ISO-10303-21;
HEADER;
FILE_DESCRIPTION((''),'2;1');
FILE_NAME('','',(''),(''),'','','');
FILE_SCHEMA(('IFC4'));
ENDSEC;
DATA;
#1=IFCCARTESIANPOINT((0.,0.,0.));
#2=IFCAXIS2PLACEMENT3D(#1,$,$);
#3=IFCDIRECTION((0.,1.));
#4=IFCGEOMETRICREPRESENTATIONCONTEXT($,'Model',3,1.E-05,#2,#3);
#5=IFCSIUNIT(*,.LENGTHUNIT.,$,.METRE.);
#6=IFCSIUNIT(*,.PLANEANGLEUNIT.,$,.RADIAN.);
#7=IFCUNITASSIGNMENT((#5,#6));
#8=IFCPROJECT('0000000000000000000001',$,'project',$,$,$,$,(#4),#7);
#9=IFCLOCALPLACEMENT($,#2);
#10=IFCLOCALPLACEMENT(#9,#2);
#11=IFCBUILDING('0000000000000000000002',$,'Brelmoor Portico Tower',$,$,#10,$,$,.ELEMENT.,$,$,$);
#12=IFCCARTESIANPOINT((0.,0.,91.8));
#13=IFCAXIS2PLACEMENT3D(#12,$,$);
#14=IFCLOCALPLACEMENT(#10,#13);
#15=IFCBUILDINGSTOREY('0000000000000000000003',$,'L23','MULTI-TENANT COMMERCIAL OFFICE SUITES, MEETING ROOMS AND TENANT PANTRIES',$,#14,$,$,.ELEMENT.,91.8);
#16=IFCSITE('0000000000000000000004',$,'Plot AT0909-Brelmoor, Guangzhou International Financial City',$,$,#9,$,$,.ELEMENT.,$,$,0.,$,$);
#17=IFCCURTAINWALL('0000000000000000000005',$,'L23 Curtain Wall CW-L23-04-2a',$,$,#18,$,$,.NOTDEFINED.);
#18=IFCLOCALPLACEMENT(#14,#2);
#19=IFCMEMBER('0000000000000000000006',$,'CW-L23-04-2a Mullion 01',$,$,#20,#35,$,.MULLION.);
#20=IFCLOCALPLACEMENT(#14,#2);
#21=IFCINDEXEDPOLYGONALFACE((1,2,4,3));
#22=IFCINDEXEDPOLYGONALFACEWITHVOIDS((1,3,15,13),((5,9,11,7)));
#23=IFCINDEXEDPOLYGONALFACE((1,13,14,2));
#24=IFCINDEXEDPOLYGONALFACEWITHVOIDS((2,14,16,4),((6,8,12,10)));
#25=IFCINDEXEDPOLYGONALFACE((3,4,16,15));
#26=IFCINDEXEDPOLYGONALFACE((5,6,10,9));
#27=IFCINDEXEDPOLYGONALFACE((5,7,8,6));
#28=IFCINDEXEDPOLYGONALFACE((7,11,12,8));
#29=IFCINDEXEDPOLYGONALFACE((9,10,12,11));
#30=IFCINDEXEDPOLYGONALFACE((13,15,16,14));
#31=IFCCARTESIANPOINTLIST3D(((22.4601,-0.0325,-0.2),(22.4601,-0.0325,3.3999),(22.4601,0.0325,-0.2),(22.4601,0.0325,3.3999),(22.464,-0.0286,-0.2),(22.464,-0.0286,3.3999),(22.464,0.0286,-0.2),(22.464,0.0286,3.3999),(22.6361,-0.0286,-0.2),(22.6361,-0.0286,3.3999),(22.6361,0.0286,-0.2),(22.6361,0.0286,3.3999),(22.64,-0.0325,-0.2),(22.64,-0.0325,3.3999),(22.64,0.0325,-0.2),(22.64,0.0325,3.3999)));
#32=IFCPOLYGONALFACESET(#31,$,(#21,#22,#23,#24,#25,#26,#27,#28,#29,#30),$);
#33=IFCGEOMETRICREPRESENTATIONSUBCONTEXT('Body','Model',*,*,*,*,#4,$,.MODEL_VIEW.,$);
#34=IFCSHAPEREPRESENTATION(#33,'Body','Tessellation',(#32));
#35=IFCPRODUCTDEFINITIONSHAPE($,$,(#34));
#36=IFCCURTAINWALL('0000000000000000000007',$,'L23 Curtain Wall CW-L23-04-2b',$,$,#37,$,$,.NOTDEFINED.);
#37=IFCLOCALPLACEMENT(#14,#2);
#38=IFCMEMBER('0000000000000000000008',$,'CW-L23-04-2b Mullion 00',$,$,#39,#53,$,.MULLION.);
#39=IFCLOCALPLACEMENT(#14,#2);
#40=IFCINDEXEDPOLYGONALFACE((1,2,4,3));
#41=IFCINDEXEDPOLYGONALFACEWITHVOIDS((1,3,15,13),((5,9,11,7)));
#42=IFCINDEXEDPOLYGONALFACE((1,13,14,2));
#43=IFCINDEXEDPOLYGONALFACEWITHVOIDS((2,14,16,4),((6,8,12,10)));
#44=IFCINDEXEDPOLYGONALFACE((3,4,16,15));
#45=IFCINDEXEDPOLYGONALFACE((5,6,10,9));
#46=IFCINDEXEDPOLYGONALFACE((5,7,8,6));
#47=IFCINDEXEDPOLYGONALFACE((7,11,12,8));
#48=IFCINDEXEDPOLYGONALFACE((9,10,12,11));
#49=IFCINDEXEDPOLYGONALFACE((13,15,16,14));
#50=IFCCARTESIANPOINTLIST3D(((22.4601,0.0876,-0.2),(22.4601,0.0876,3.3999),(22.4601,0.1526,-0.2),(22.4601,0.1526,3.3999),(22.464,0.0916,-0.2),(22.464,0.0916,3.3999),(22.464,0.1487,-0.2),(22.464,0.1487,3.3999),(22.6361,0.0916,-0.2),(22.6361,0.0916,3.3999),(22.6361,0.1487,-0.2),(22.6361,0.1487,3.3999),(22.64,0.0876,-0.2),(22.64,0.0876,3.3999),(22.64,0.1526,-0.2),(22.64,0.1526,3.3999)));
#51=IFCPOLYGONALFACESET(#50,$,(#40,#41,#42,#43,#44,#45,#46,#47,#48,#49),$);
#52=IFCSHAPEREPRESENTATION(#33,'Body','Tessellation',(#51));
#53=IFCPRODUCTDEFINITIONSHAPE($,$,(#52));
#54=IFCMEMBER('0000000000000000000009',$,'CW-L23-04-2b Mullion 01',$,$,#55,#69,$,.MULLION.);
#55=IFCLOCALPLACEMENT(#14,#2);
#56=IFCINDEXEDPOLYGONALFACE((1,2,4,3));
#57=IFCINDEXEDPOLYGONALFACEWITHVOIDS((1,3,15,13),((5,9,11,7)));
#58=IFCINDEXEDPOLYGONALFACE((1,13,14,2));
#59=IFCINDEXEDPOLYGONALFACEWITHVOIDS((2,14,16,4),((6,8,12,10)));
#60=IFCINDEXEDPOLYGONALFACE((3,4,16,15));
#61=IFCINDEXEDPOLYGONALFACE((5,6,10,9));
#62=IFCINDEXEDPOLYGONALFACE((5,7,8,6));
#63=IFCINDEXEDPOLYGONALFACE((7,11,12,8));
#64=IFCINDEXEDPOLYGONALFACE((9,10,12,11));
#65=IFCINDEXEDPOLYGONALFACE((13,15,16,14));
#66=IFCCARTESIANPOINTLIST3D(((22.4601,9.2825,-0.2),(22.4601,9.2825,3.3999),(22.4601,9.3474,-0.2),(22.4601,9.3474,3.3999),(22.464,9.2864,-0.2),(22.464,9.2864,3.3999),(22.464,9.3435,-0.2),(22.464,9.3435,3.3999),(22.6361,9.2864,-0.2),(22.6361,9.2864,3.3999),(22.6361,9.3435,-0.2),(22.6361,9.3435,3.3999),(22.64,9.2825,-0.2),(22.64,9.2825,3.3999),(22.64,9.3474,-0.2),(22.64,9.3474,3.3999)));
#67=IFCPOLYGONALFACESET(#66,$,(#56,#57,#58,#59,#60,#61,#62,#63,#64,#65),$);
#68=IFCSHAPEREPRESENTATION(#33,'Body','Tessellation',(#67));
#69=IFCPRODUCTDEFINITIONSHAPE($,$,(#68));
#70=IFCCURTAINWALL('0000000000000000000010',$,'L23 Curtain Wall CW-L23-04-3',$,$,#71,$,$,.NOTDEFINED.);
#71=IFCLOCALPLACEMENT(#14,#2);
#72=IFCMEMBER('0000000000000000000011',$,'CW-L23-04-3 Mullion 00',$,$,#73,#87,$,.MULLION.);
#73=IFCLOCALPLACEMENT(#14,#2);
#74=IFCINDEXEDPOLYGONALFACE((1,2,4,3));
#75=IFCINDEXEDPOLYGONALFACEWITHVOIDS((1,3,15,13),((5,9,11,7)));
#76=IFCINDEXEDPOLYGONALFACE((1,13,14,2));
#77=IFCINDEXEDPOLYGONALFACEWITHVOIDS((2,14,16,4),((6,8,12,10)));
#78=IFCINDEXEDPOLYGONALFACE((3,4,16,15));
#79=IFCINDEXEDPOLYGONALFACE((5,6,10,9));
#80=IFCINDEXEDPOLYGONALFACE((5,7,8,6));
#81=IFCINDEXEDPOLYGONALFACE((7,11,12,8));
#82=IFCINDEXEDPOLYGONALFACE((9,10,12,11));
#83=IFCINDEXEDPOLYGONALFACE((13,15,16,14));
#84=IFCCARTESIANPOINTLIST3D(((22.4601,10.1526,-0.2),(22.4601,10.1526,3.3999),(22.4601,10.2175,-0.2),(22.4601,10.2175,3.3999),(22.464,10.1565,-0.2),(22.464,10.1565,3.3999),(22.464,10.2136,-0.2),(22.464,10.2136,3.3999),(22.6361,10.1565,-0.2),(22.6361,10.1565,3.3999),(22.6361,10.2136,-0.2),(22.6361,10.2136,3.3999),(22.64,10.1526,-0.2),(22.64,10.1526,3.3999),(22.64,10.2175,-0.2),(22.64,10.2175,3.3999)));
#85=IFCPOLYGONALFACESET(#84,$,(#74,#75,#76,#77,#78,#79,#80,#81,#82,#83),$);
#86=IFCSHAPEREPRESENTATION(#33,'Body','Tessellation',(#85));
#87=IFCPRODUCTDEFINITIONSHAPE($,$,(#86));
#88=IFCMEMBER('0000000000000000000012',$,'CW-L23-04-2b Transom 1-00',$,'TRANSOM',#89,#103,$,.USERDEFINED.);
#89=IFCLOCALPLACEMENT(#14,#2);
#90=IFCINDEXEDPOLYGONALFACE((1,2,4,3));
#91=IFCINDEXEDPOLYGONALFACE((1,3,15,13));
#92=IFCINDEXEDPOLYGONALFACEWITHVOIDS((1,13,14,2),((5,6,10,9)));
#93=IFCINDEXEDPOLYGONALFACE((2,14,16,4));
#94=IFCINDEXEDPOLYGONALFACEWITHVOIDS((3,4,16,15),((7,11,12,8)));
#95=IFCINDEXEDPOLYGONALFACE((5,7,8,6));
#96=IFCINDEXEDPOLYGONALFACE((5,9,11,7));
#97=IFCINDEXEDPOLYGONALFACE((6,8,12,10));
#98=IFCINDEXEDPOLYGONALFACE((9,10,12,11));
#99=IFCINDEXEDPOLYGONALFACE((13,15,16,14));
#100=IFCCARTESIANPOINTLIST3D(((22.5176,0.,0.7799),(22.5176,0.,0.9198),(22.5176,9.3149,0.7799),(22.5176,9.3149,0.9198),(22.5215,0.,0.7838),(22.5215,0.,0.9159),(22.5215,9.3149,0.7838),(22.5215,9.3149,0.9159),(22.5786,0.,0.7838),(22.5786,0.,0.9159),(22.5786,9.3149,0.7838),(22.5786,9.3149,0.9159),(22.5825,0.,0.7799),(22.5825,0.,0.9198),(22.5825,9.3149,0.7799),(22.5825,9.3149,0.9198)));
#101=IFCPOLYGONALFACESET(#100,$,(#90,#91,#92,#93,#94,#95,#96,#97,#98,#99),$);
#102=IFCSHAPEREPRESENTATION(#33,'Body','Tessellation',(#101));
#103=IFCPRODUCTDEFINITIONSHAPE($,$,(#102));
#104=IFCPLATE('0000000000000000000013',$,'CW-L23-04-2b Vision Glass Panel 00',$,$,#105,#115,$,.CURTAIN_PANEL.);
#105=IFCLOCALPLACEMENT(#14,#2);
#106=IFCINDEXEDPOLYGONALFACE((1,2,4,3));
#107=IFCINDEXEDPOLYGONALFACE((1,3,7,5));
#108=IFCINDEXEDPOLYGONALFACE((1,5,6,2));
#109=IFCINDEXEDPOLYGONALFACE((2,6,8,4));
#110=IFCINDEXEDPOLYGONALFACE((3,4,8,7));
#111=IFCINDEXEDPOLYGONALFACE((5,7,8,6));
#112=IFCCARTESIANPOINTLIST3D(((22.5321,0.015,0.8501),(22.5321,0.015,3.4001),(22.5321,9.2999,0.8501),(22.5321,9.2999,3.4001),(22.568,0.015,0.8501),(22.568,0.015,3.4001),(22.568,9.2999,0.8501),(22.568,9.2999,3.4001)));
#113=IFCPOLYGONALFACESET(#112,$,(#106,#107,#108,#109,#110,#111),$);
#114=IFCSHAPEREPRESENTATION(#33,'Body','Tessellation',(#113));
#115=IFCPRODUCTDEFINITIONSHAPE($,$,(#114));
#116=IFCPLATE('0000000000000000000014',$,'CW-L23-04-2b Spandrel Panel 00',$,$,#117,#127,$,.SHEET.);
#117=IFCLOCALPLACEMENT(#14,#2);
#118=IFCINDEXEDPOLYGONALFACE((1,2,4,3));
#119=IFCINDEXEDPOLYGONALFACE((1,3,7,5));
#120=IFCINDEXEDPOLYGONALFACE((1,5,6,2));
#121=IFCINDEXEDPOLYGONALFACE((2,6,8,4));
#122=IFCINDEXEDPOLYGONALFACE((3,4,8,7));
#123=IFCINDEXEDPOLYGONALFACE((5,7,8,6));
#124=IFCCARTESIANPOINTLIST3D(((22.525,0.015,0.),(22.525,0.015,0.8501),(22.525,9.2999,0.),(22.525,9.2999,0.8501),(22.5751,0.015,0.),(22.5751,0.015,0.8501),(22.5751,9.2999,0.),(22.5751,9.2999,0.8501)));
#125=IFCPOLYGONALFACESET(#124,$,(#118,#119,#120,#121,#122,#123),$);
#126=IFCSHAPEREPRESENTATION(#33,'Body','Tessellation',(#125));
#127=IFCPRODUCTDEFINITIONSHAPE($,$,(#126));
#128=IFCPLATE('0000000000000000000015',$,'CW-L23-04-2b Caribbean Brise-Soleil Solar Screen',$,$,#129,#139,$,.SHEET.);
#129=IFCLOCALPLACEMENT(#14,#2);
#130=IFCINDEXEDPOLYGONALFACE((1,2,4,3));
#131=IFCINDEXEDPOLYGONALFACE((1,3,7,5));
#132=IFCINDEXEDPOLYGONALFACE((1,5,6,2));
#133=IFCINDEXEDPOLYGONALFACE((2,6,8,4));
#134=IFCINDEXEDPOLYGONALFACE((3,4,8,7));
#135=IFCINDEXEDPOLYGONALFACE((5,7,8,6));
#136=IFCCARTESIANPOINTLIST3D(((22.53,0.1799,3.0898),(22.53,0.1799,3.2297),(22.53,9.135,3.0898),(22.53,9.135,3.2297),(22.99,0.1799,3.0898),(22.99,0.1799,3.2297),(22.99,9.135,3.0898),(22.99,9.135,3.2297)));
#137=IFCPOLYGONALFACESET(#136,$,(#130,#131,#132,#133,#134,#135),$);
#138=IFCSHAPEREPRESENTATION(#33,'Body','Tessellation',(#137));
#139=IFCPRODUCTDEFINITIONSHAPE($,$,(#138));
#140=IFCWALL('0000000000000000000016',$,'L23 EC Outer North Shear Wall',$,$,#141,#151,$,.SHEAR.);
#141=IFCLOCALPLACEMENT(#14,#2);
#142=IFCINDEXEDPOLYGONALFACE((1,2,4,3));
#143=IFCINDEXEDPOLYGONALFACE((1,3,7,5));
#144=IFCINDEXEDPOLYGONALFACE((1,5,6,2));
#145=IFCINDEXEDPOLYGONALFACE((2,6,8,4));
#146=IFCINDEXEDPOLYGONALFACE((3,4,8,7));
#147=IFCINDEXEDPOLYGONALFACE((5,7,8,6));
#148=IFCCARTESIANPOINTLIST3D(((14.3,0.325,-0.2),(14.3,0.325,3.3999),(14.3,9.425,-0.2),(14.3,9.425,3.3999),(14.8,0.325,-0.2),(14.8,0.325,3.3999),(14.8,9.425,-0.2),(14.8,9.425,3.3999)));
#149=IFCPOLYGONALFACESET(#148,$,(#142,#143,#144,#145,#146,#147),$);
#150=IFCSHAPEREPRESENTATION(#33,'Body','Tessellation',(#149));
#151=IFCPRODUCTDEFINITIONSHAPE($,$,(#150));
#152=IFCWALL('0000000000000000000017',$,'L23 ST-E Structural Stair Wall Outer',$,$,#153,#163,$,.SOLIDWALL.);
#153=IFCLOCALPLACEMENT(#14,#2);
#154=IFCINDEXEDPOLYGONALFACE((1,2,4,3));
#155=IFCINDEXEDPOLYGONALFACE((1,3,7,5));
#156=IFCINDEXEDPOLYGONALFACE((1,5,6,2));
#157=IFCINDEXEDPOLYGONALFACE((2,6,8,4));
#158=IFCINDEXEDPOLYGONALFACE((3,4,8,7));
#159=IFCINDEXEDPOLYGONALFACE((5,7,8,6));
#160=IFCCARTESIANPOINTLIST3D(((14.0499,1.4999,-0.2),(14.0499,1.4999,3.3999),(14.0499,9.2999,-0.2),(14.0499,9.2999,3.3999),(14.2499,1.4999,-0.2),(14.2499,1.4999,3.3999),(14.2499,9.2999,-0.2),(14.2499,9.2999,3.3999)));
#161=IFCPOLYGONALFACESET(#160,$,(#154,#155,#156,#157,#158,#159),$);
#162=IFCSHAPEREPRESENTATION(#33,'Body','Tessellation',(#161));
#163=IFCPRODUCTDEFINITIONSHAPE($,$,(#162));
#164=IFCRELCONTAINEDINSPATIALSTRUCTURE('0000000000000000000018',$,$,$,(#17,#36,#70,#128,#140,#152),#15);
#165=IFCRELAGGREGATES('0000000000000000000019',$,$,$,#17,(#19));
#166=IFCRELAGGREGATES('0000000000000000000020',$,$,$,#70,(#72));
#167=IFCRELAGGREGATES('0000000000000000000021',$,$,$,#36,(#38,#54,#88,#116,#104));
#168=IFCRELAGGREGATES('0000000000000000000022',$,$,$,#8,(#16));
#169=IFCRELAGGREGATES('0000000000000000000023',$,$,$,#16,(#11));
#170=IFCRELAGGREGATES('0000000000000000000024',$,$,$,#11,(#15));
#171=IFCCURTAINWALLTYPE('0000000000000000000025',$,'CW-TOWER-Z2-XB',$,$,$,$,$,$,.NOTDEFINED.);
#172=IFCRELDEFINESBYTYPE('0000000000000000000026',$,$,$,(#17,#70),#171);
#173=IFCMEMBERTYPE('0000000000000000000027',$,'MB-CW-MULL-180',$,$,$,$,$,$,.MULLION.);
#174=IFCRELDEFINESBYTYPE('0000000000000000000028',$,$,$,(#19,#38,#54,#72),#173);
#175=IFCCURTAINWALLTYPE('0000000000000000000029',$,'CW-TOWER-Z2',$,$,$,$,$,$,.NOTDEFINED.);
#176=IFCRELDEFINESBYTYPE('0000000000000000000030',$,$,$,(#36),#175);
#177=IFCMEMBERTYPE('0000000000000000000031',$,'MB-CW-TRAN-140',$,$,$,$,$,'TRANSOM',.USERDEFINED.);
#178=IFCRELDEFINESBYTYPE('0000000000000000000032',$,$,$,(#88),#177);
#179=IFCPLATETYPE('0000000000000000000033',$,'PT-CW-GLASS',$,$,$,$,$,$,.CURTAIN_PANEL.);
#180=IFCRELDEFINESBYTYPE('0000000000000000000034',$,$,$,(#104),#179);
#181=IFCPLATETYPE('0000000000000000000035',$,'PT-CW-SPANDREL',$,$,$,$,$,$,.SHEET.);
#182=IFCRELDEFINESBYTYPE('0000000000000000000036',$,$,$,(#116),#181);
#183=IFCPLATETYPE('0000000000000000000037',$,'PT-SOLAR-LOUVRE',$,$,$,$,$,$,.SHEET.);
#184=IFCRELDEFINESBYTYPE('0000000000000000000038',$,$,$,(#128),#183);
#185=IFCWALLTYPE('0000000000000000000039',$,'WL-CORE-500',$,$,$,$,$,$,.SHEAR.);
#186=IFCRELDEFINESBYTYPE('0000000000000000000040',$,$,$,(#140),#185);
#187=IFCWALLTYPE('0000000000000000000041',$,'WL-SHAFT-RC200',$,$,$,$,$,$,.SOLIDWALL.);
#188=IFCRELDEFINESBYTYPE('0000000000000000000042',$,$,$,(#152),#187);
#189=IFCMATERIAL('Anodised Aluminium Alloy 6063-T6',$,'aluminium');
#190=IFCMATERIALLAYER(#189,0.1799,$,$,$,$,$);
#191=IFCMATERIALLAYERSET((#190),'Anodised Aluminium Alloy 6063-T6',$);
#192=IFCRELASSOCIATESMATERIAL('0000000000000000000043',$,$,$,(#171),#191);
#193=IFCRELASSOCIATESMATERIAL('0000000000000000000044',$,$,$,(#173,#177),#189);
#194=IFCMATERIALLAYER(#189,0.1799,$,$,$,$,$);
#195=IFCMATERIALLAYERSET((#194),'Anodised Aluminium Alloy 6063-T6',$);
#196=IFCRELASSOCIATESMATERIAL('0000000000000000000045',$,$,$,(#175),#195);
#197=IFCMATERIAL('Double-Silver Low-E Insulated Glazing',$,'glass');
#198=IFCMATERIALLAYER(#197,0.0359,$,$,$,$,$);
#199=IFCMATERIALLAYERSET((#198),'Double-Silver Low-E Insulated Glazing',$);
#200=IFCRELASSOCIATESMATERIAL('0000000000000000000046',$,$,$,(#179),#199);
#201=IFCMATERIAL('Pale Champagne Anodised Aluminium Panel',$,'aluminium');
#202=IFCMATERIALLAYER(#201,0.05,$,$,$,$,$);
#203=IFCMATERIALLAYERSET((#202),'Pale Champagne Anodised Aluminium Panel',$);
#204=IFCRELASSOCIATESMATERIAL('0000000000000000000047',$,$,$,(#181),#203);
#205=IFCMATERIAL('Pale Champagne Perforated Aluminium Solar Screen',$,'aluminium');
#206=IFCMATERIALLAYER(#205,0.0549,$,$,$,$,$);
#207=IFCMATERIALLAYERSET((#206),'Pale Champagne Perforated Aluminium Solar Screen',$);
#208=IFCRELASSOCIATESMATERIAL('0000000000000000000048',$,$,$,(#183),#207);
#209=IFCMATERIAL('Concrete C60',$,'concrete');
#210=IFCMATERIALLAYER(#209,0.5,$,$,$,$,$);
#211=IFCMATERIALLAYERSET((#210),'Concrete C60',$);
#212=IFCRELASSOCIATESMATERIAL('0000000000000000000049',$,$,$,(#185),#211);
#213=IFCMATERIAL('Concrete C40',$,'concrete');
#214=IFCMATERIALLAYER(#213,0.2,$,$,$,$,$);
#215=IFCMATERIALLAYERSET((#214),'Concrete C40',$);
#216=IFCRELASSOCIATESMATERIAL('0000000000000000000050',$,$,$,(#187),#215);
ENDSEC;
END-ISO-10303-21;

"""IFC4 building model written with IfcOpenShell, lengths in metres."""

from ifc_helpers import new_model, si_unit, direction, frame, frame_2d, origin, origin_2d, place, context, subcontext, project, spatial, rectangle, hollow_rectangle, extrude, material, layer, layer_set, material_profile, profile_set, type_object, element, aggregate, save


model = new_model("IFC4")

# Units and contexts
model_context = context("Model", 3, precision=1e-05, world=origin(), true_north=direction((0.0, 1.0)))
body_context = subcontext(model_context, "Body", "Model", "MODEL_VIEW")
ifc_project = project(units=[si_unit("LENGTHUNIT", "METRE"), si_unit("PLANEANGLEUNIT", "RADIAN")], contexts=[model_context])

# Site, building, storey
site_placement = place(None, origin())
site = spatial("IfcSite", under=ifc_project, at=site_placement, Name="Plot AT0909-Brelmoor, Guangzhou International Financial City", CompositionType="ELEMENT", RefElevation=0.0)
building_placement = place(site_placement, origin())
building = spatial("IfcBuilding", under=site, at=building_placement, Name="Brelmoor Portico Tower", CompositionType="ELEMENT")
storey_placement = place(building_placement, frame((0.0, 0.0, 91.8)))
storey = spatial("IfcBuildingStorey", under=building, at=storey_placement, Name="L23", Description="MULTI-TENANT COMMERCIAL OFFICE SUITES, MEETING ROOMS AND TENANT PANTRIES", CompositionType="ELEMENT", Elevation=91.8)

# Curtain wall, member
ifc_material_1 = material(Name="Anodised Aluminium Alloy 6063-T6", Category="aluminium")
ifc_layer_1 = layer(ifc_material_1, 0.1799)
ifc_layer_set_1 = layer_set([ifc_layer_1], Name="Anodised Aluminium Alloy 6063-T6")
curtain_wall_type_1 = type_object("IfcCurtainWallType", Name="CW-TOWER-Z2-XB", PredefinedType="NOTDEFINED", material=ifc_layer_set_1)
curtain_wall_1_placement = place(storey_placement, origin())
curtain_wall_1 = element("IfcCurtainWall", 1, at=curtain_wall_1_placement, inside=storey, type_object=curtain_wall_type_1, Name="L23 Curtain Wall CW-L23-04-2a", PredefinedType="NOTDEFINED")
ifc_material_profile_1 = material_profile(ifc_material_1, hollow_rectangle(XDim=0.0649, YDim=0.1799, WallThickness=0.0039, at=origin_2d()), Name="ALU MULLION 65x180")
ifc_profile_set_1 = profile_set([ifc_material_profile_1], Name="Anodised Aluminium Alloy 6063-T6")
member_type_1 = type_object("IfcMemberType", Name="MB-CW-MULL-180", PredefinedType="MULLION", material=ifc_profile_set_1)
member_1_placement = place(storey_placement, frame((22.55, 0.0, -0.2), z_axis=(0.0, 0.0, 1.0), x_axis=(0.0, 1.0, 0.0)))
member_1 = element("IfcMember", 2, at=member_1_placement, type_object=member_type_1, Name="CW-L23-04-2a Mullion 01", PredefinedType="MULLION", context=body_context, shape_type="SweptSolid", body=[
    extrude(hollow_rectangle(XDim=0.0649, YDim=0.1799, WallThickness=0.0039, at=origin_2d()), origin(), (0.0, 0.0, 1.0), 3.5999),
])
aggregate(curtain_wall_1, [member_1])

# Curtain wall, members
ifc_layer_2 = layer(ifc_material_1, 0.1799)
ifc_layer_set_2 = layer_set([ifc_layer_2], Name="Anodised Aluminium Alloy 6063-T6")
curtain_wall_type_2 = type_object("IfcCurtainWallType", Name="CW-TOWER-Z2", PredefinedType="NOTDEFINED", material=ifc_layer_set_2)
curtain_wall_2_placement = place(storey_placement, origin())
curtain_wall_2 = element("IfcCurtainWall", 3, at=curtain_wall_2_placement, inside=storey, type_object=curtain_wall_type_2, Name="L23 Curtain Wall CW-L23-04-2b", PredefinedType="NOTDEFINED")
member_2_placement = place(storey_placement, frame((22.55, 0.1201, -0.2), z_axis=(0.0, 0.0, 1.0), x_axis=(0.0, 1.0, 0.0)))
member_2 = element("IfcMember", 4, at=member_2_placement, type_object=member_type_1, Name="CW-L23-04-2b Mullion 00", PredefinedType="MULLION", context=body_context, shape_type="SweptSolid", body=[
    extrude(hollow_rectangle(XDim=0.0649, YDim=0.1799, WallThickness=0.0039, at=origin_2d()), origin(), (0.0, 0.0, 1.0), 3.5999),
])
member_3_placement = place(storey_placement, frame((22.55, 9.3149, -0.2), z_axis=(0.0, 0.0, 1.0), x_axis=(0.0, 1.0, 0.0)))
member_3 = element("IfcMember", 5, at=member_3_placement, type_object=member_type_1, Name="CW-L23-04-2b Mullion 01", PredefinedType="MULLION", context=body_context, shape_type="SweptSolid", body=[
    extrude(hollow_rectangle(XDim=0.0649, YDim=0.1799, WallThickness=0.0039, at=origin_2d()), origin(), (0.0, 0.0, 1.0), 3.5999),
])

# Curtain wall, member
curtain_wall_3_placement = place(storey_placement, origin())
curtain_wall_3 = element("IfcCurtainWall", 6, at=curtain_wall_3_placement, inside=storey, type_object=curtain_wall_type_1, Name="L23 Curtain Wall CW-L23-04-3", PredefinedType="NOTDEFINED")
member_4_placement = place(storey_placement, frame((22.55, 10.1851, -0.2), z_axis=(0.0, 0.0, 1.0), x_axis=(0.0, 1.0, 0.0)))
member_4 = element("IfcMember", 7, at=member_4_placement, type_object=member_type_1, Name="CW-L23-04-3 Mullion 00", PredefinedType="MULLION", context=body_context, shape_type="SweptSolid", body=[
    extrude(hollow_rectangle(XDim=0.0649, YDim=0.1799, WallThickness=0.0039, at=origin_2d()), origin(), (0.0, 0.0, 1.0), 3.5999),
])
aggregate(curtain_wall_3, [member_4])

# Member
ifc_material_profile_2 = material_profile(ifc_material_1, hollow_rectangle(XDim=0.0649, YDim=0.1399, WallThickness=0.0039, at=origin_2d()), Name="ALU TRANSOM 65x140")
ifc_profile_set_2 = profile_set([ifc_material_profile_2], Name="Anodised Aluminium Alloy 6063-T6")
member_type_2 = type_object("IfcMemberType", Name="MB-CW-TRAN-140", ElementType="TRANSOM", PredefinedType="USERDEFINED", material=ifc_profile_set_2)
member_5_placement = place(storey_placement, frame((22.55, 0.0, 0.8499), z_axis=(0.0, 1.0, 0.0), x_axis=(-1.0, 0.0, 0.0)))
member_5 = element("IfcMember", 8, at=member_5_placement, type_object=member_type_2, Name="CW-L23-04-2b Transom 1-00", ObjectType="TRANSOM", PredefinedType="USERDEFINED", context=body_context, shape_type="SweptSolid", body=[
    extrude(hollow_rectangle(XDim=0.0649, YDim=0.1399, WallThickness=0.0039, at=origin_2d()), origin(), (0.0, 0.0, 1.0), 9.3149),
])

# Plates
ifc_material_2 = material(Name="Double-Silver Low-E Insulated Glazing", Category="glass")
ifc_layer_3 = layer(ifc_material_2, 0.0359)
ifc_layer_set_3 = layer_set([ifc_layer_3], Name="Double-Silver Low-E Insulated Glazing")
plate_type_1 = type_object("IfcPlateType", Name="PT-CW-GLASS", PredefinedType="CURTAIN_PANEL", material=ifc_layer_set_3)
plate_1_placement = place(storey_placement, frame((22.55, 4.6575, 0.8501), z_axis=(0.0, 0.0, 1.0), x_axis=(0.0, 1.0, 0.0)))
plate_1 = element("IfcPlate", 9, at=plate_1_placement, type_object=plate_type_1, Name="CW-L23-04-2b Vision Glass Panel 00", PredefinedType="CURTAIN_PANEL", context=body_context, shape_type="SweptSolid", body=[
    extrude(rectangle(XDim=9.2849, YDim=0.0359, at=origin_2d()), origin(), (0.0, 0.0, 1.0), 2.55),
])
ifc_material_3 = material(Name="Pale Champagne Anodised Aluminium Panel", Category="aluminium")
ifc_layer_4 = layer(ifc_material_3, 0.05)
ifc_layer_set_4 = layer_set([ifc_layer_4], Name="Pale Champagne Anodised Aluminium Panel")
plate_type_2 = type_object("IfcPlateType", Name="PT-CW-SPANDREL", PredefinedType="SHEET", material=ifc_layer_set_4)
plate_2_placement = place(storey_placement, frame((22.55, 4.6575, 0.0), z_axis=(0.0, 0.0, 1.0), x_axis=(0.0, 1.0, 0.0)))
plate_2 = element("IfcPlate", 10, at=plate_2_placement, type_object=plate_type_2, Name="CW-L23-04-2b Spandrel Panel 00", PredefinedType="SHEET", context=body_context, shape_type="SweptSolid", body=[
    extrude(rectangle(XDim=9.2849, YDim=0.05, at=origin_2d()), origin(), (0.0, 0.0, 1.0), 0.8501),
])
aggregate(curtain_wall_2, [member_2, member_3, member_5, plate_2, plate_1])
ifc_material_4 = material(Name="Pale Champagne Perforated Aluminium Solar Screen", Category="aluminium")
ifc_layer_5 = layer(ifc_material_4, 0.0549)
ifc_layer_set_5 = layer_set([ifc_layer_5], Name="Pale Champagne Perforated Aluminium Solar Screen")
plate_type_3 = type_object("IfcPlateType", Name="PT-SOLAR-LOUVRE", PredefinedType="SHEET", material=ifc_layer_set_5)
plate_3_placement = place(storey_placement, frame((22.76, 4.6575, 3.0898), z_axis=(0.0, 0.0, 1.0), x_axis=(0.0, 1.0, 0.0)))
element("IfcPlate", 11, at=plate_3_placement, inside=storey, type_object=plate_type_3, Name="CW-L23-04-2b Caribbean Brise-Soleil Solar Screen", PredefinedType="SHEET", context=body_context, shape_type="SweptSolid", body=[
    extrude(rectangle(XDim=8.9551, YDim=0.46, at=origin_2d()), origin(), (0.0, 0.0, 1.0), 0.1399),
])

# Walls
ifc_material_5 = material(Name="Concrete C60", Category="concrete")
ifc_layer_6 = layer(ifc_material_5, 0.5)
ifc_layer_set_6 = layer_set([ifc_layer_6], Name="Concrete C60")
wall_type_1 = type_object("IfcWallType", Name="WL-CORE-500", PredefinedType="SHEAR", material=ifc_layer_set_6)
wall_1_placement = place(storey_placement, frame((14.55, 0.325, -0.2), z_axis=(0.0, 0.0, 1.0), x_axis=(0.0, 1.0, 0.0)))
element("IfcWall", 12, at=wall_1_placement, inside=storey, type_object=wall_type_1, Name="L23 EC Outer North Shear Wall", PredefinedType="SHEAR", context=body_context, shape_type="SweptSolid", body=[
    extrude(rectangle(XDim=9.1001, YDim=0.5, at=frame_2d((4.55, 0.0))), origin(), (0.0, 0.0, 1.0), 3.5999),
])
ifc_material_6 = material(Name="Concrete C40", Category="concrete")
ifc_layer_7 = layer(ifc_material_6, 0.2)
ifc_layer_set_7 = layer_set([ifc_layer_7], Name="Concrete C40")
wall_type_2 = type_object("IfcWallType", Name="WL-SHAFT-RC200", PredefinedType="SOLIDWALL", material=ifc_layer_set_7)
wall_2_placement = place(storey_placement, frame((14.1499, 1.5, -0.2), z_axis=(0.0, 0.0, 1.0), x_axis=(0.0, 1.0, 0.0)))
element("IfcWall", 13, at=wall_2_placement, inside=storey, type_object=wall_type_2, Name="L23 ST-E Structural Stair Wall Outer", PredefinedType="SOLIDWALL", context=body_context, shape_type="SweptSolid", body=[
    extrude(rectangle(XDim=7.8, YDim=0.2, at=frame_2d((3.8999, 0.0))), origin(), (0.0, 0.0, 1.0), 3.5999),
])

save(model, "model.ifc")
